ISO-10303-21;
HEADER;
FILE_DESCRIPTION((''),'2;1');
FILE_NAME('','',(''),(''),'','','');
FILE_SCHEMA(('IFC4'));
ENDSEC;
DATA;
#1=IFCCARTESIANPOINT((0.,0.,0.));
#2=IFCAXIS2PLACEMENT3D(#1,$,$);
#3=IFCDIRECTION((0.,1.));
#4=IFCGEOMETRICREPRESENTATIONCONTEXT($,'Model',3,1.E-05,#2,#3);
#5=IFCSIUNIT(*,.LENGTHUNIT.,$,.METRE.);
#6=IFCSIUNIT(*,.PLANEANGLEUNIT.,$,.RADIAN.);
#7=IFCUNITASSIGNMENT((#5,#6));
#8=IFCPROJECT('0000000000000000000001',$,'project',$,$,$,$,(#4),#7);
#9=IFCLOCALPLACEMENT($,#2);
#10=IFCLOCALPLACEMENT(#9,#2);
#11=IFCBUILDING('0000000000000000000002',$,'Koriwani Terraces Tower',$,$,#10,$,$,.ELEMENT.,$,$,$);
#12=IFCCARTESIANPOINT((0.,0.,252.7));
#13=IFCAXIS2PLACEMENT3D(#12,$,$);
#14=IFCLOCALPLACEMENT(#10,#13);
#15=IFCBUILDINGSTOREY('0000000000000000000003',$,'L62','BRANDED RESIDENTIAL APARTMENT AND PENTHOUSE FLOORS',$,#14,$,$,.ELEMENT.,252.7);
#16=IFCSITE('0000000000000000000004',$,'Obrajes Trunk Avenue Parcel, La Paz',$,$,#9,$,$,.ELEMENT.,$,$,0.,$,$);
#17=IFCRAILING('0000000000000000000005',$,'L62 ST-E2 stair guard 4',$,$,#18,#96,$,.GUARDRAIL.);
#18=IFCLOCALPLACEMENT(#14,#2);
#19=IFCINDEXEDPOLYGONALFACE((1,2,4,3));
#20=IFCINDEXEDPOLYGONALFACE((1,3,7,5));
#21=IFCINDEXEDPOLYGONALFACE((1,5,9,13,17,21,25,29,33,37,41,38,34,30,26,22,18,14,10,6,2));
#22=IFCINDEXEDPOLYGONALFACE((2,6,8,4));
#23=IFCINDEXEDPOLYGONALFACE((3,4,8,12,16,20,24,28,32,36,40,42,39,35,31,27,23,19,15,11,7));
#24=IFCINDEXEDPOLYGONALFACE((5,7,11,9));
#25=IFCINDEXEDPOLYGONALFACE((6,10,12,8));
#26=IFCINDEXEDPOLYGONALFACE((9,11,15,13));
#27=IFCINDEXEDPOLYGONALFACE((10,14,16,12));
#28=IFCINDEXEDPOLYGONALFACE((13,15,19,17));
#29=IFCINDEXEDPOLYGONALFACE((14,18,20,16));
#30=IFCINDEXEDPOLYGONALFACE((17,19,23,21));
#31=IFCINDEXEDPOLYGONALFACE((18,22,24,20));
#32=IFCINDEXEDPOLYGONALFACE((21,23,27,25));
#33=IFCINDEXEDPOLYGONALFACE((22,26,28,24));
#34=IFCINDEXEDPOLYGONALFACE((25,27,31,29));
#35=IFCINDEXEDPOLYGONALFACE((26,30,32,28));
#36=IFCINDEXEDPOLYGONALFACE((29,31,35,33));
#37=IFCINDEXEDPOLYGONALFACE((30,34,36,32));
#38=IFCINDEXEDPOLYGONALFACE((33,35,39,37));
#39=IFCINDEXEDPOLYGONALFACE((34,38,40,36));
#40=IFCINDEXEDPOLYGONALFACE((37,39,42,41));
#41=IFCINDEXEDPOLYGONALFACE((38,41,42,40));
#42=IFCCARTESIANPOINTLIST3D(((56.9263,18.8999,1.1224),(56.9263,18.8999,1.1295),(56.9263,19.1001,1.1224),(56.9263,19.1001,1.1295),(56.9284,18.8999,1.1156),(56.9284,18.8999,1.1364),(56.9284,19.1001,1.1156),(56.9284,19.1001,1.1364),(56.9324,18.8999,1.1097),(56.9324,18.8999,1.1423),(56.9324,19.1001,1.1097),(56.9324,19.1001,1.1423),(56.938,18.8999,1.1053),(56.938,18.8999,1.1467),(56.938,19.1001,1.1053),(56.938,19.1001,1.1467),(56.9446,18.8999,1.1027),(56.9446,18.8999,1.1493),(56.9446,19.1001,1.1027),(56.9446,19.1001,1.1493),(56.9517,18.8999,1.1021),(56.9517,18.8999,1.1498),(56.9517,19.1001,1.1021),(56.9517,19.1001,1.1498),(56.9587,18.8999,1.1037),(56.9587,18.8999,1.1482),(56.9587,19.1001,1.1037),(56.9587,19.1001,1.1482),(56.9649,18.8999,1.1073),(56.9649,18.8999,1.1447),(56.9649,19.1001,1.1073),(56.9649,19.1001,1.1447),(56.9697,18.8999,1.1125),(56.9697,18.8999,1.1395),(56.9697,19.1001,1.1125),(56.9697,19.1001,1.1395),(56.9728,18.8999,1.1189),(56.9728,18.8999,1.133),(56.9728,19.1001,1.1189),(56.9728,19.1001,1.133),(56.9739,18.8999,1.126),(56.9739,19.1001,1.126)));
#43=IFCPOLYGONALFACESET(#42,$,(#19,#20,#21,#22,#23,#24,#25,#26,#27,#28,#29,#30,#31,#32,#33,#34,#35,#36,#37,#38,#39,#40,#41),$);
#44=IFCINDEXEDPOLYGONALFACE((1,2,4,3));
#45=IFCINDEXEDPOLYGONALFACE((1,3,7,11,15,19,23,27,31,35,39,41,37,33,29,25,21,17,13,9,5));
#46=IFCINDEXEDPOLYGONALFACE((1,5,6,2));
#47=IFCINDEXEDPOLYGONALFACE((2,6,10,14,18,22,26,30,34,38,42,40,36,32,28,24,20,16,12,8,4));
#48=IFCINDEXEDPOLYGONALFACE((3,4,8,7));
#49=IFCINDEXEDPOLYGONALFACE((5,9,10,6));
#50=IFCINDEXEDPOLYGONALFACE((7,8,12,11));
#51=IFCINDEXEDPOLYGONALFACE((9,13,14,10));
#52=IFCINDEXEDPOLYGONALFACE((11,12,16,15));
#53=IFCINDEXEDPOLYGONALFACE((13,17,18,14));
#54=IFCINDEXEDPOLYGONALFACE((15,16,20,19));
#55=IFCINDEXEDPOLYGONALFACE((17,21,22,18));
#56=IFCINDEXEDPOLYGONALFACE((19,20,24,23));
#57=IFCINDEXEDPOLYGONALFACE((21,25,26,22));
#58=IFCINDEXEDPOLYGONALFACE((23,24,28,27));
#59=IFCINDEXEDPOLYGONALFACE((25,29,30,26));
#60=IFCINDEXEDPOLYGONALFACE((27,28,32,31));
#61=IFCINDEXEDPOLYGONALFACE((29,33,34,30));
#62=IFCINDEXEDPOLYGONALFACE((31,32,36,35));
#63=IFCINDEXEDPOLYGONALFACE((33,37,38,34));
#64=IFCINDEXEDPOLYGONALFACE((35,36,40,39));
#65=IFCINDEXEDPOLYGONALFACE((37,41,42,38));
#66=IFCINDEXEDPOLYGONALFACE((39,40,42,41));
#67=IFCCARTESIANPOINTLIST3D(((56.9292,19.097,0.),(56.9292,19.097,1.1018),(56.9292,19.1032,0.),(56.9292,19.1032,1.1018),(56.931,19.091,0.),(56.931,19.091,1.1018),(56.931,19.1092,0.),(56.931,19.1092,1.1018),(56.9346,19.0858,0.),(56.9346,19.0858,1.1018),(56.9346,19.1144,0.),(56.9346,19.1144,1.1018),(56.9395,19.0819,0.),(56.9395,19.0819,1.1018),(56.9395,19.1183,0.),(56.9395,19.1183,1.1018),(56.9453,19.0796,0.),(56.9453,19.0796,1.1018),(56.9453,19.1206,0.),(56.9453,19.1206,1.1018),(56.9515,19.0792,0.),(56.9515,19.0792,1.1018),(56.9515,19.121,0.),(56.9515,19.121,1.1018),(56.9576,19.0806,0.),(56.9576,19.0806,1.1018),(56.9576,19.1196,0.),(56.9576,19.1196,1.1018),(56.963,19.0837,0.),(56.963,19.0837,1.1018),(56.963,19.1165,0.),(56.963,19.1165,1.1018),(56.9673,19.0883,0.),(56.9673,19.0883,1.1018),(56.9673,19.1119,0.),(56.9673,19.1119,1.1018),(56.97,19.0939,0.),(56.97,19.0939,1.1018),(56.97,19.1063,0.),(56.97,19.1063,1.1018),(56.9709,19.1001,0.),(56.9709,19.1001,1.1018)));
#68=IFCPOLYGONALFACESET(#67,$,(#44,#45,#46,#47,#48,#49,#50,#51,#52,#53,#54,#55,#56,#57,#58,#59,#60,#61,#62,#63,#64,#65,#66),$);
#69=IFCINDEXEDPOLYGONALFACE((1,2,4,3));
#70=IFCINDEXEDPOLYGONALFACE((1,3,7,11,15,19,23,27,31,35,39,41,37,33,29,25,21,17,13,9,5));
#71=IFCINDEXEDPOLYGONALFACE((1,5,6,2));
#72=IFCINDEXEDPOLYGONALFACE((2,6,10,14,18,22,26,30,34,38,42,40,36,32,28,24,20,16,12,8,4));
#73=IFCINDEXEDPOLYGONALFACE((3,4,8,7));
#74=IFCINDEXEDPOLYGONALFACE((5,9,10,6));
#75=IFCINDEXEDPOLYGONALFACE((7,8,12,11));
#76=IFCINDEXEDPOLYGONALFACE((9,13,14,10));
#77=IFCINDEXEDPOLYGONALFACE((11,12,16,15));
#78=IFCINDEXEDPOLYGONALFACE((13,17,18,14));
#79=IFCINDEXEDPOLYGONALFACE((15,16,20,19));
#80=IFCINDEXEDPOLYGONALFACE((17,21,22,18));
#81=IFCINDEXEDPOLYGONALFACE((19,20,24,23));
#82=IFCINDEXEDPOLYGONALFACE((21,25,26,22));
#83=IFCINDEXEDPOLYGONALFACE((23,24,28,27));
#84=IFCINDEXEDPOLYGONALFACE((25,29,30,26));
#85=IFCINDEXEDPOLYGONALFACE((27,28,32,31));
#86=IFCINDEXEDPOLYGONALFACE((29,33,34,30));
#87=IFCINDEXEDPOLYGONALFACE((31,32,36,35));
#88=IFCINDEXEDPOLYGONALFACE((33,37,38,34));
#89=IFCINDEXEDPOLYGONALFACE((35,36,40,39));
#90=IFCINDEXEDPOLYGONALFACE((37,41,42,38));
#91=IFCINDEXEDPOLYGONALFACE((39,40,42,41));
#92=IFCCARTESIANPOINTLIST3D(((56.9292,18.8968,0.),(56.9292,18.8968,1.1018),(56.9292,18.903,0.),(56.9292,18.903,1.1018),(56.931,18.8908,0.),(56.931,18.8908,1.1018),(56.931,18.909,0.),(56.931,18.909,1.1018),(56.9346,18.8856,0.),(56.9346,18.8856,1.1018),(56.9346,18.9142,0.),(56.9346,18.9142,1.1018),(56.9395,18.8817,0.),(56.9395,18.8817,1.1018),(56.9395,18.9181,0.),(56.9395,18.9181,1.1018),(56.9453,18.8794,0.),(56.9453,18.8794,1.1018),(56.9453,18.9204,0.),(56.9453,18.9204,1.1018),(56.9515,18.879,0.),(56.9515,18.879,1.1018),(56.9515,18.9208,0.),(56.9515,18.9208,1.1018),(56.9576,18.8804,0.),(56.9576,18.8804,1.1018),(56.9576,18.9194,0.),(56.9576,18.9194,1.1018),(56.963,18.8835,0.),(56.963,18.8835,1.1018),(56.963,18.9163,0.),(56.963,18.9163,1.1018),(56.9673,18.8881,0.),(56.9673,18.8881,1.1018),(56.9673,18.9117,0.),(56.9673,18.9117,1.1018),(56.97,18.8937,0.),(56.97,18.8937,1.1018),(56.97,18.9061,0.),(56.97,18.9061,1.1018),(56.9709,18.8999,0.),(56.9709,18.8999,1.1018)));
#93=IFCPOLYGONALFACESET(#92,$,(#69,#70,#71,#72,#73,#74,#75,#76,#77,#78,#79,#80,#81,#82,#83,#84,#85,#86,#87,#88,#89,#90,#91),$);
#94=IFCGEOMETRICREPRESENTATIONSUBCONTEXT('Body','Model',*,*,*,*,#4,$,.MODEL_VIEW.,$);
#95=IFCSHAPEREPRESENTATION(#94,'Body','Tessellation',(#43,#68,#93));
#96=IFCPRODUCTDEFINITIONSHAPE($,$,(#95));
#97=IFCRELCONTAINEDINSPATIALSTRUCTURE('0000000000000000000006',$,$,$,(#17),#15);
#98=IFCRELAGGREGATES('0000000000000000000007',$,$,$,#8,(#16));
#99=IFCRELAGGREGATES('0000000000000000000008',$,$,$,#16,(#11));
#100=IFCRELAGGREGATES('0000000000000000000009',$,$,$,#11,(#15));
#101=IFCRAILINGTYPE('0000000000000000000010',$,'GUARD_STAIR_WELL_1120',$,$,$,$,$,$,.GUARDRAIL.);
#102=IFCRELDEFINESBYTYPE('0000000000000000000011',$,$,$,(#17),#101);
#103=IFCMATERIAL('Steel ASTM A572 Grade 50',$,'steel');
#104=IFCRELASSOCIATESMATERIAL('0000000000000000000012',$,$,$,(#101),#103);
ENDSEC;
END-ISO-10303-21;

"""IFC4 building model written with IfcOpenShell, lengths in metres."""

from ifc_helpers import new_model, si_unit, direction, frame, origin, origin_2d, place, context, subcontext, project, spatial, circle, extrude, material, type_object, element, save


model = new_model("IFC4")

# Units and contexts
model_context = context("Model", 3, precision=1e-05, world=origin(), true_north=direction((0.0, 1.0)))
body_context = subcontext(model_context, "Body", "Model", "MODEL_VIEW")
ifc_project = project(units=[si_unit("LENGTHUNIT", "METRE"), si_unit("PLANEANGLEUNIT", "RADIAN")], contexts=[model_context])

# Site, building, storey
site_placement = place(None, origin())
site = spatial("IfcSite", under=ifc_project, at=site_placement, Name="Obrajes Trunk Avenue Parcel, La Paz", CompositionType="ELEMENT", RefElevation=0.0)
building_placement = place(site_placement, origin())
building = spatial("IfcBuilding", under=site, at=building_placement, Name="Koriwani Terraces Tower", CompositionType="ELEMENT")
storey_placement = place(building_placement, frame((0.0, 0.0, 252.7)))
storey = spatial("IfcBuildingStorey", under=building, at=storey_placement, Name="L62", Description="BRANDED RESIDENTIAL APARTMENT AND PENTHOUSE FLOORS", CompositionType="ELEMENT", Elevation=252.7)

# Shared definitions
ifc_material_1 = material(Name="Steel ASTM A572 Grade 50", Category="steel")

# Railing
railing_type_1 = type_object("IfcRailingType", Name="GUARD_STAIR_WELL_1120", PredefinedType="GUARDRAIL", material=ifc_material_1)
railing_1_placement = place(storey_placement, frame((56.95, 19.1001, 0.0)))
element("IfcRailing", 1, at=railing_1_placement, inside=storey, type_object=railing_type_1, Name="L62 ST-E2 stair guard 4", PredefinedType="GUARDRAIL", context=body_context, shape_type="SweptSolid", body=[
    extrude(circle(Radius=0.0239, at=origin_2d()), frame((0.0, 0.0, 1.126), z_axis=(0.0, -1.0, 0.0), x_axis=(1.0, 0.0, 0.0)), (0.0, 0.0, 1.0), 0.2002),
    extrude(circle(Radius=0.021, at=origin_2d()), origin(), (0.0, 0.0, 1.0), 1.1018),
    extrude(circle(Radius=0.021, at=origin_2d()), frame((0.0, -0.2002, 0.0)), (0.0, 0.0, 1.0), 1.1018),
])

save(model, "model.ifc")
